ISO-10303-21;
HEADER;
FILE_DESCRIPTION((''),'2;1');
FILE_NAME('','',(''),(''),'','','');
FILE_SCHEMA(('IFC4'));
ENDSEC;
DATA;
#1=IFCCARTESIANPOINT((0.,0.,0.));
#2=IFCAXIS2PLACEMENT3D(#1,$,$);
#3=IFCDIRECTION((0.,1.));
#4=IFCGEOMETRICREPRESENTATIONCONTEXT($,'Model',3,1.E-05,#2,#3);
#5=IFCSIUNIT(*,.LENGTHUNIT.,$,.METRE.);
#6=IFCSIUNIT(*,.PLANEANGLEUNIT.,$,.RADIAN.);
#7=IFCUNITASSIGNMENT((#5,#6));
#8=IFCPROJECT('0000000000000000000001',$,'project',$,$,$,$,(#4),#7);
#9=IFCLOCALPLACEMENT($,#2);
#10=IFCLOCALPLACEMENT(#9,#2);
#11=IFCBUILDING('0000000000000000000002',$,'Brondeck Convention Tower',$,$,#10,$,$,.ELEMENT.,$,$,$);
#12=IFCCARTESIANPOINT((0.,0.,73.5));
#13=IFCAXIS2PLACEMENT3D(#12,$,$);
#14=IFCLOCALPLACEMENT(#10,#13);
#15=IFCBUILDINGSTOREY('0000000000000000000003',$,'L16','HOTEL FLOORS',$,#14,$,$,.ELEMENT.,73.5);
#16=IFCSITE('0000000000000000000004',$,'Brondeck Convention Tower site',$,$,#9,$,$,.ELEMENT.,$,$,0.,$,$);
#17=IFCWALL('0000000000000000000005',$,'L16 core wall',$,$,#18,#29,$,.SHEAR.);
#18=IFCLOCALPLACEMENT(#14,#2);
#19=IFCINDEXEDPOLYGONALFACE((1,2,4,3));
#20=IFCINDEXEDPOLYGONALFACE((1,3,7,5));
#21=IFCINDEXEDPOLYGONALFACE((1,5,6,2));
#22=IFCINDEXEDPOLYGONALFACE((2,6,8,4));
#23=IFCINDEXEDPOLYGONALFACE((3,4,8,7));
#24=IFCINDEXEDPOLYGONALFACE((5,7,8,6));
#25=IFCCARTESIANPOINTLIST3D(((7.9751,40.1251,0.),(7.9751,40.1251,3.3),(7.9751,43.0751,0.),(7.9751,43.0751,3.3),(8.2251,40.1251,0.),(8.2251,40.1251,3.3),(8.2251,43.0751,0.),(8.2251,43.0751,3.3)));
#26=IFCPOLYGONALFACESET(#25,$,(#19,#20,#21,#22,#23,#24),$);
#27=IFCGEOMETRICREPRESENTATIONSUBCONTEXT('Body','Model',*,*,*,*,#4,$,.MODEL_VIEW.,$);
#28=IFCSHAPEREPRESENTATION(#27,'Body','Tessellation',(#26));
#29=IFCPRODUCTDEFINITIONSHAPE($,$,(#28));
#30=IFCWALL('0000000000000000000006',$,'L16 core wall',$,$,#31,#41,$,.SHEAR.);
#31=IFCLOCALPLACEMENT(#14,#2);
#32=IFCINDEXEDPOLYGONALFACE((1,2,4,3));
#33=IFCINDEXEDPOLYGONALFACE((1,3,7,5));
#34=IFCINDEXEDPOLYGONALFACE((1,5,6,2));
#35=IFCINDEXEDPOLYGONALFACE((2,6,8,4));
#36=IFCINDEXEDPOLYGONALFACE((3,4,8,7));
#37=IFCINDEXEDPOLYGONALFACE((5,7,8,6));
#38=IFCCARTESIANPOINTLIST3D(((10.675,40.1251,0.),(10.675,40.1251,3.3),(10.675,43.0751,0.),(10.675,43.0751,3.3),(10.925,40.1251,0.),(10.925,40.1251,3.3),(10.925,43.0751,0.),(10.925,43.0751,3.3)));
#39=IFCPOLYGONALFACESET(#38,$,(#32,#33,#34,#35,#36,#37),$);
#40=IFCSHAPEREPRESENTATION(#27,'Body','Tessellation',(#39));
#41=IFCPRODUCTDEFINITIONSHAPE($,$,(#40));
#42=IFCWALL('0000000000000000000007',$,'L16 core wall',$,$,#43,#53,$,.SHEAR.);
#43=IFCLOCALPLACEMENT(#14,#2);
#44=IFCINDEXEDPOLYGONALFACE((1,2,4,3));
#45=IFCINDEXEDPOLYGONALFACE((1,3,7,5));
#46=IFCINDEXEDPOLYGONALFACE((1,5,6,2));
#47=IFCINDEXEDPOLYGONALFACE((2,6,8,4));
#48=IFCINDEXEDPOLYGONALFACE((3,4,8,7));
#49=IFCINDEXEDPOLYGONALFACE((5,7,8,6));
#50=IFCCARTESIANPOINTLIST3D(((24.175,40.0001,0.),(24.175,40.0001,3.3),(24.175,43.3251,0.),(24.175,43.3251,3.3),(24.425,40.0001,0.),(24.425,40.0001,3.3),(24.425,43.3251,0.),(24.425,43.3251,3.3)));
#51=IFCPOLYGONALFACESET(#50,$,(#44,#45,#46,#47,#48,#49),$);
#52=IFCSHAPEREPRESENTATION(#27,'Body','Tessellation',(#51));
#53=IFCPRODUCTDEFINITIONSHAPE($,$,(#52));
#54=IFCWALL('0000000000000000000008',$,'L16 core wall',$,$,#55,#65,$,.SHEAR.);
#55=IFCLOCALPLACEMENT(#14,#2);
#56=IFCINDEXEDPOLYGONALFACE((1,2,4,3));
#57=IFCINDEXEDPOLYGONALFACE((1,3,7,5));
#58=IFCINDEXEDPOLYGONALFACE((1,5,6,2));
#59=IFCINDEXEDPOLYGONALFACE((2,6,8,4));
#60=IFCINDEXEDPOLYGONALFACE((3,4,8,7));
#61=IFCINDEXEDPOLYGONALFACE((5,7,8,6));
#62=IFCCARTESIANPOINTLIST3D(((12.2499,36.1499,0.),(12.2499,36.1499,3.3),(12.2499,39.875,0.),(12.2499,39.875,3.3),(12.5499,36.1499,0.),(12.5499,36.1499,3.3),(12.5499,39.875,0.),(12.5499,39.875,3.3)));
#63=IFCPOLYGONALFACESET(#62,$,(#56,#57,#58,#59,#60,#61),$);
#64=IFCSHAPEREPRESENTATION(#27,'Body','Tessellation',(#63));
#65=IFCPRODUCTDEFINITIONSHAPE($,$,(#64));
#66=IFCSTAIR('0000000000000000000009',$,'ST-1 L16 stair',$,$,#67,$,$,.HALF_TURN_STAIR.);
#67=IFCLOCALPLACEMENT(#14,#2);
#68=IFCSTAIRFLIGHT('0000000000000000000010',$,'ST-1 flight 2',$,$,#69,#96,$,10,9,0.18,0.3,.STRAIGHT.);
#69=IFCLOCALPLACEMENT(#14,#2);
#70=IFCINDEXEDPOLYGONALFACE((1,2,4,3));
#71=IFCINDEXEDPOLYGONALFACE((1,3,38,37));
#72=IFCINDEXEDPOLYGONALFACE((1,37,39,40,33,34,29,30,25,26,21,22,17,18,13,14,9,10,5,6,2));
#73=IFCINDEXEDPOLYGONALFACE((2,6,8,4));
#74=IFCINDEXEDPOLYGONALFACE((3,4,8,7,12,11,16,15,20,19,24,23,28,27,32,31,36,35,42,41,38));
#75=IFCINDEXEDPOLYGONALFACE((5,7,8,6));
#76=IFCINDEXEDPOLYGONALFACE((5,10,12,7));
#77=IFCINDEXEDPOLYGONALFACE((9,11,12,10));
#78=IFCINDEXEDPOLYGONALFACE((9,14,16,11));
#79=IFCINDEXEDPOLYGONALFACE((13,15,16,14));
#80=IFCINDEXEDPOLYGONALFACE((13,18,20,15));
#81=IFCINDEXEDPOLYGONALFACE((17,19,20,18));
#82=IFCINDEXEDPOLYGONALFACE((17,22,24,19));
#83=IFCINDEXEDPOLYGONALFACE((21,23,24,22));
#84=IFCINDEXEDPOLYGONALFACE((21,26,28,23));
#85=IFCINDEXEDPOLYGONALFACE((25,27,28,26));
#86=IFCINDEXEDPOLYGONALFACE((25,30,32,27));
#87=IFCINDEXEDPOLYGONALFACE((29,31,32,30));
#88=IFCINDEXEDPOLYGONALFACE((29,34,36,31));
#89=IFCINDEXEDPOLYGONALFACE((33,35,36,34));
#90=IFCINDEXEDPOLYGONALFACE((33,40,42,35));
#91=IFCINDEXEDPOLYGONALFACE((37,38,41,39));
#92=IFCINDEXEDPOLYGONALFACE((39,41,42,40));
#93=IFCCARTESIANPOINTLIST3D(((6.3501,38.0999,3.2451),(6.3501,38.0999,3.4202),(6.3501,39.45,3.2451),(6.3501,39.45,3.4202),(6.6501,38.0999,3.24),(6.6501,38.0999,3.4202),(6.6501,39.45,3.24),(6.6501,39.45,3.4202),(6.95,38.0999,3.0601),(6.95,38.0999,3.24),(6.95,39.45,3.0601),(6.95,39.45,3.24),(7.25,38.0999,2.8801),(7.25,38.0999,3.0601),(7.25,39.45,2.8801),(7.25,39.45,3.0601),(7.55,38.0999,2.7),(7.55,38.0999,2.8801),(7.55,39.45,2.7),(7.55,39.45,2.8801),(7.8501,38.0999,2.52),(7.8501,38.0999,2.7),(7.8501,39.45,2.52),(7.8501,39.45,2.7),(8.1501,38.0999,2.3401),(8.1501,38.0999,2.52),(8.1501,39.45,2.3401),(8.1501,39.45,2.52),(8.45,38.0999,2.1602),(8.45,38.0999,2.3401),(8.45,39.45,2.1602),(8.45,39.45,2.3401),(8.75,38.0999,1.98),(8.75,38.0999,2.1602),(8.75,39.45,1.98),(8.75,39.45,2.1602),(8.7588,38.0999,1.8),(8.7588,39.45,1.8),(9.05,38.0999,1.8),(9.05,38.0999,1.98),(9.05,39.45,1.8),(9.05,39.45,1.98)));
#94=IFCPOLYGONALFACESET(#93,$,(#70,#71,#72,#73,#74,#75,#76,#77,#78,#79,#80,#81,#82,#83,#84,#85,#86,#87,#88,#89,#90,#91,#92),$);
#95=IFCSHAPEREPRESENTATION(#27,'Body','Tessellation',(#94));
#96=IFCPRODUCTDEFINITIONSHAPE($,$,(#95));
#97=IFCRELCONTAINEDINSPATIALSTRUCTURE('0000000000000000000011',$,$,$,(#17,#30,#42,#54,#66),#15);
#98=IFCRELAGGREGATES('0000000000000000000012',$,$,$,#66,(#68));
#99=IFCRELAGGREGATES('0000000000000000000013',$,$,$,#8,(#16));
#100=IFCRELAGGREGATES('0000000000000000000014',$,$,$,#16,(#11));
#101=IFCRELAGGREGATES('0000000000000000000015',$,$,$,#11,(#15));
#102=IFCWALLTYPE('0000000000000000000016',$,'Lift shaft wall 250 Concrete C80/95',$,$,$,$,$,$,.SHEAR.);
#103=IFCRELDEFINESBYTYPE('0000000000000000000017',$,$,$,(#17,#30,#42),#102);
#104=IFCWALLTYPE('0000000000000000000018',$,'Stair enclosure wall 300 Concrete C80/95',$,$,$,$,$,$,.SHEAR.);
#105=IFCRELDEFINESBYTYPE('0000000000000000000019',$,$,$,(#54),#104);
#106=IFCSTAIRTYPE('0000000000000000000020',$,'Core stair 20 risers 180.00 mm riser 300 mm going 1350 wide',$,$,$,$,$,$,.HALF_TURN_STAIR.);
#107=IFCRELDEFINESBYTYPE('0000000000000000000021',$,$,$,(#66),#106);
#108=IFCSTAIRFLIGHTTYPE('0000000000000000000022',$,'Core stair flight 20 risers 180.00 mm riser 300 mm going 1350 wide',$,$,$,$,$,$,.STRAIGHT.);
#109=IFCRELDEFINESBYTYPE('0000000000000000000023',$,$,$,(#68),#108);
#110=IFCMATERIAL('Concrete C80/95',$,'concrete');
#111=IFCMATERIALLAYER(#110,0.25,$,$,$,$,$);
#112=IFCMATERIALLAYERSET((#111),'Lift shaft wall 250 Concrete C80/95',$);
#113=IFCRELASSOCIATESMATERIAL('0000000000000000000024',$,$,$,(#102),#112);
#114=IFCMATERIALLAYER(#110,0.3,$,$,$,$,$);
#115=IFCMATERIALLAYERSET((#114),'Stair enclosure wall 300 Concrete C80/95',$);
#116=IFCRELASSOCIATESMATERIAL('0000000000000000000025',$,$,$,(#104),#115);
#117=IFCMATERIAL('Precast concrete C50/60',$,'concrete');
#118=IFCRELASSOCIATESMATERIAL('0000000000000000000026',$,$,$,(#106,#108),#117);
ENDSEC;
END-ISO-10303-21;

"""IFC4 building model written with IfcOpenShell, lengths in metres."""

from ifc_helpers import new_model, si_unit, direction, frame, frame_2d, origin, place, context, subcontext, project, spatial, polyline, rectangle, outline, extrude, material, layer, layer_set, type_object, element, aggregate, save


model = new_model("IFC4")

# Units and contexts
model_context = context("Model", 3, precision=1e-05, world=origin(), true_north=direction((0.0, 1.0)))
body_context = subcontext(model_context, "Body", "Model", "MODEL_VIEW")
ifc_project = project(units=[si_unit("LENGTHUNIT", "METRE"), si_unit("PLANEANGLEUNIT", "RADIAN")], contexts=[model_context])

# Site, building, storey
site_placement = place(None, origin())
site = spatial("IfcSite", under=ifc_project, at=site_placement, Name="Brondeck Convention Tower site", CompositionType="ELEMENT", RefElevation=0.0)
building_placement = place(site_placement, origin())
building = spatial("IfcBuilding", under=site, at=building_placement, Name="Brondeck Convention Tower", CompositionType="ELEMENT")
storey_placement = place(building_placement, frame((0.0, 0.0, 73.5)))
storey = spatial("IfcBuildingStorey", under=building, at=storey_placement, Name="L16", Description="HOTEL FLOORS", CompositionType="ELEMENT", Elevation=73.5)

# Shared definitions
ifc_material_1 = material(Name="Concrete C80/95", Category="concrete")

# Walls
ifc_layer_1 = layer(ifc_material_1, 0.25)
ifc_layer_set_1 = layer_set([ifc_layer_1], Name="Lift shaft wall 250 Concrete C80/95")
wall_type_1 = type_object("IfcWallType", Name="Lift shaft wall 250 Concrete C80/95", PredefinedType="SHEAR", material=ifc_layer_set_1)
for number, where, z_axis, x_axis, name in (
    (1, (8.1001, 40.125, 0.0), (0.0, 0.0, 1.0), (0.0, 1.0, 0.0), "L16 core wall"),
    (2, (10.8, 40.125, 0.0), (0.0, 0.0, 1.0), (0.0, 1.0, 0.0), "L16 core wall"),
):
    element("IfcWall", number, at=place(storey_placement, frame(where, z_axis=z_axis, x_axis=x_axis)), inside=storey, type_object=wall_type_1, Name=name, PredefinedType="SHEAR", context=body_context, shape_type="SweptSolid", body=[
        extrude(rectangle(XDim=2.95, YDim=0.25, at=frame_2d((1.4751, 0.0))), origin(), (0.0, 0.0, 1.0), 3.3),
    ])
wall_1_placement = place(storey_placement, frame((24.3, 40.0, 0.0), z_axis=(0.0, 0.0, 1.0), x_axis=(0.0, 1.0, 0.0)))
element("IfcWall", 3, at=wall_1_placement, inside=storey, type_object=wall_type_1, Name="L16 core wall", PredefinedType="SHEAR", context=body_context, shape_type="SweptSolid", body=[
    extrude(rectangle(XDim=3.325, YDim=0.25, at=frame_2d((1.6626, 0.0))), origin(), (0.0, 0.0, 1.0), 3.3),
])
ifc_layer_2 = layer(ifc_material_1, 0.3)
ifc_layer_set_2 = layer_set([ifc_layer_2], Name="Stair enclosure wall 300 Concrete C80/95")
wall_type_2 = type_object("IfcWallType", Name="Stair enclosure wall 300 Concrete C80/95", PredefinedType="SHEAR", material=ifc_layer_set_2)
wall_2_placement = place(storey_placement, frame((12.3999, 36.1499, 0.0), z_axis=(0.0, 0.0, 1.0), x_axis=(0.0, 1.0, 0.0)))
element("IfcWall", 4, at=wall_2_placement, inside=storey, type_object=wall_type_2, Name="L16 core wall", PredefinedType="SHEAR", context=body_context, shape_type="SweptSolid", body=[
    extrude(rectangle(XDim=3.7251, YDim=0.3, at=frame_2d((1.8625, 0.0))), origin(), (0.0, 0.0, 1.0), 3.3),
])

# Stair, stair flight
ifc_material_2 = material(Name="Precast concrete C50/60", Category="concrete")
stair_type = type_object("IfcStairType", Name="Core stair 20 risers 180.00 mm riser 300 mm going 1350 wide", PredefinedType="HALF_TURN_STAIR", material=ifc_material_2)
stair_placement = place(storey_placement, origin())
stair = element("IfcStair", 5, at=stair_placement, inside=storey, type_object=stair_type, Name="ST-1 L16 stair", PredefinedType="HALF_TURN_STAIR")
stair_flight_type = type_object("IfcStairFlightType", Name="Core stair flight 20 risers 180.00 mm riser 300 mm going 1350 wide", PredefinedType="STRAIGHT", material=ifc_material_2)
stair_flight_placement = place(storey_placement, frame((9.05, 38.7749, 1.8), z_axis=(0.0, 0.0, 1.0), x_axis=(-1.0, 0.0, 0.0)))
stair_flight = element("IfcStairFlight", 6, at=stair_flight_placement, type_object=stair_flight_type, Name="ST-1 flight 2", NumberOfRisers=10, NumberOfTreads=9, PredefinedType="STRAIGHT", RiserHeight=0.18, TreadLength=0.3, context=body_context, shape_type="SweptSolid", body=[
    extrude(outline(polyline([(0.0, 0.0), (0.0, 0.1799), (0.3, 0.1799), (0.3, 0.3601), (0.6001, 0.3601), (0.6001, 0.54), (0.8999, 0.54), (0.8999, 0.72), (1.2, 0.72), (1.2, 0.8999), (1.5, 0.8999), (1.5, 1.0801), (1.8, 1.0801), (1.8, 1.26), (2.1001, 1.26), (2.1001, 1.4399), (2.3999, 1.4399), (2.3999, 1.6201), (2.7, 1.6201), (2.7, 1.8), (2.7, 1.4451), (0.2913, 0.0), (0.0, 0.0)])), frame((0.0, 0.675, 0.0), z_axis=(0.0, -1.0, 0.0), x_axis=(1.0, 0.0, 0.0)), (0.0, 0.0, 1.0), 1.3501),
])
aggregate(stair, [stair_flight])

save(model, "model.ifc")
